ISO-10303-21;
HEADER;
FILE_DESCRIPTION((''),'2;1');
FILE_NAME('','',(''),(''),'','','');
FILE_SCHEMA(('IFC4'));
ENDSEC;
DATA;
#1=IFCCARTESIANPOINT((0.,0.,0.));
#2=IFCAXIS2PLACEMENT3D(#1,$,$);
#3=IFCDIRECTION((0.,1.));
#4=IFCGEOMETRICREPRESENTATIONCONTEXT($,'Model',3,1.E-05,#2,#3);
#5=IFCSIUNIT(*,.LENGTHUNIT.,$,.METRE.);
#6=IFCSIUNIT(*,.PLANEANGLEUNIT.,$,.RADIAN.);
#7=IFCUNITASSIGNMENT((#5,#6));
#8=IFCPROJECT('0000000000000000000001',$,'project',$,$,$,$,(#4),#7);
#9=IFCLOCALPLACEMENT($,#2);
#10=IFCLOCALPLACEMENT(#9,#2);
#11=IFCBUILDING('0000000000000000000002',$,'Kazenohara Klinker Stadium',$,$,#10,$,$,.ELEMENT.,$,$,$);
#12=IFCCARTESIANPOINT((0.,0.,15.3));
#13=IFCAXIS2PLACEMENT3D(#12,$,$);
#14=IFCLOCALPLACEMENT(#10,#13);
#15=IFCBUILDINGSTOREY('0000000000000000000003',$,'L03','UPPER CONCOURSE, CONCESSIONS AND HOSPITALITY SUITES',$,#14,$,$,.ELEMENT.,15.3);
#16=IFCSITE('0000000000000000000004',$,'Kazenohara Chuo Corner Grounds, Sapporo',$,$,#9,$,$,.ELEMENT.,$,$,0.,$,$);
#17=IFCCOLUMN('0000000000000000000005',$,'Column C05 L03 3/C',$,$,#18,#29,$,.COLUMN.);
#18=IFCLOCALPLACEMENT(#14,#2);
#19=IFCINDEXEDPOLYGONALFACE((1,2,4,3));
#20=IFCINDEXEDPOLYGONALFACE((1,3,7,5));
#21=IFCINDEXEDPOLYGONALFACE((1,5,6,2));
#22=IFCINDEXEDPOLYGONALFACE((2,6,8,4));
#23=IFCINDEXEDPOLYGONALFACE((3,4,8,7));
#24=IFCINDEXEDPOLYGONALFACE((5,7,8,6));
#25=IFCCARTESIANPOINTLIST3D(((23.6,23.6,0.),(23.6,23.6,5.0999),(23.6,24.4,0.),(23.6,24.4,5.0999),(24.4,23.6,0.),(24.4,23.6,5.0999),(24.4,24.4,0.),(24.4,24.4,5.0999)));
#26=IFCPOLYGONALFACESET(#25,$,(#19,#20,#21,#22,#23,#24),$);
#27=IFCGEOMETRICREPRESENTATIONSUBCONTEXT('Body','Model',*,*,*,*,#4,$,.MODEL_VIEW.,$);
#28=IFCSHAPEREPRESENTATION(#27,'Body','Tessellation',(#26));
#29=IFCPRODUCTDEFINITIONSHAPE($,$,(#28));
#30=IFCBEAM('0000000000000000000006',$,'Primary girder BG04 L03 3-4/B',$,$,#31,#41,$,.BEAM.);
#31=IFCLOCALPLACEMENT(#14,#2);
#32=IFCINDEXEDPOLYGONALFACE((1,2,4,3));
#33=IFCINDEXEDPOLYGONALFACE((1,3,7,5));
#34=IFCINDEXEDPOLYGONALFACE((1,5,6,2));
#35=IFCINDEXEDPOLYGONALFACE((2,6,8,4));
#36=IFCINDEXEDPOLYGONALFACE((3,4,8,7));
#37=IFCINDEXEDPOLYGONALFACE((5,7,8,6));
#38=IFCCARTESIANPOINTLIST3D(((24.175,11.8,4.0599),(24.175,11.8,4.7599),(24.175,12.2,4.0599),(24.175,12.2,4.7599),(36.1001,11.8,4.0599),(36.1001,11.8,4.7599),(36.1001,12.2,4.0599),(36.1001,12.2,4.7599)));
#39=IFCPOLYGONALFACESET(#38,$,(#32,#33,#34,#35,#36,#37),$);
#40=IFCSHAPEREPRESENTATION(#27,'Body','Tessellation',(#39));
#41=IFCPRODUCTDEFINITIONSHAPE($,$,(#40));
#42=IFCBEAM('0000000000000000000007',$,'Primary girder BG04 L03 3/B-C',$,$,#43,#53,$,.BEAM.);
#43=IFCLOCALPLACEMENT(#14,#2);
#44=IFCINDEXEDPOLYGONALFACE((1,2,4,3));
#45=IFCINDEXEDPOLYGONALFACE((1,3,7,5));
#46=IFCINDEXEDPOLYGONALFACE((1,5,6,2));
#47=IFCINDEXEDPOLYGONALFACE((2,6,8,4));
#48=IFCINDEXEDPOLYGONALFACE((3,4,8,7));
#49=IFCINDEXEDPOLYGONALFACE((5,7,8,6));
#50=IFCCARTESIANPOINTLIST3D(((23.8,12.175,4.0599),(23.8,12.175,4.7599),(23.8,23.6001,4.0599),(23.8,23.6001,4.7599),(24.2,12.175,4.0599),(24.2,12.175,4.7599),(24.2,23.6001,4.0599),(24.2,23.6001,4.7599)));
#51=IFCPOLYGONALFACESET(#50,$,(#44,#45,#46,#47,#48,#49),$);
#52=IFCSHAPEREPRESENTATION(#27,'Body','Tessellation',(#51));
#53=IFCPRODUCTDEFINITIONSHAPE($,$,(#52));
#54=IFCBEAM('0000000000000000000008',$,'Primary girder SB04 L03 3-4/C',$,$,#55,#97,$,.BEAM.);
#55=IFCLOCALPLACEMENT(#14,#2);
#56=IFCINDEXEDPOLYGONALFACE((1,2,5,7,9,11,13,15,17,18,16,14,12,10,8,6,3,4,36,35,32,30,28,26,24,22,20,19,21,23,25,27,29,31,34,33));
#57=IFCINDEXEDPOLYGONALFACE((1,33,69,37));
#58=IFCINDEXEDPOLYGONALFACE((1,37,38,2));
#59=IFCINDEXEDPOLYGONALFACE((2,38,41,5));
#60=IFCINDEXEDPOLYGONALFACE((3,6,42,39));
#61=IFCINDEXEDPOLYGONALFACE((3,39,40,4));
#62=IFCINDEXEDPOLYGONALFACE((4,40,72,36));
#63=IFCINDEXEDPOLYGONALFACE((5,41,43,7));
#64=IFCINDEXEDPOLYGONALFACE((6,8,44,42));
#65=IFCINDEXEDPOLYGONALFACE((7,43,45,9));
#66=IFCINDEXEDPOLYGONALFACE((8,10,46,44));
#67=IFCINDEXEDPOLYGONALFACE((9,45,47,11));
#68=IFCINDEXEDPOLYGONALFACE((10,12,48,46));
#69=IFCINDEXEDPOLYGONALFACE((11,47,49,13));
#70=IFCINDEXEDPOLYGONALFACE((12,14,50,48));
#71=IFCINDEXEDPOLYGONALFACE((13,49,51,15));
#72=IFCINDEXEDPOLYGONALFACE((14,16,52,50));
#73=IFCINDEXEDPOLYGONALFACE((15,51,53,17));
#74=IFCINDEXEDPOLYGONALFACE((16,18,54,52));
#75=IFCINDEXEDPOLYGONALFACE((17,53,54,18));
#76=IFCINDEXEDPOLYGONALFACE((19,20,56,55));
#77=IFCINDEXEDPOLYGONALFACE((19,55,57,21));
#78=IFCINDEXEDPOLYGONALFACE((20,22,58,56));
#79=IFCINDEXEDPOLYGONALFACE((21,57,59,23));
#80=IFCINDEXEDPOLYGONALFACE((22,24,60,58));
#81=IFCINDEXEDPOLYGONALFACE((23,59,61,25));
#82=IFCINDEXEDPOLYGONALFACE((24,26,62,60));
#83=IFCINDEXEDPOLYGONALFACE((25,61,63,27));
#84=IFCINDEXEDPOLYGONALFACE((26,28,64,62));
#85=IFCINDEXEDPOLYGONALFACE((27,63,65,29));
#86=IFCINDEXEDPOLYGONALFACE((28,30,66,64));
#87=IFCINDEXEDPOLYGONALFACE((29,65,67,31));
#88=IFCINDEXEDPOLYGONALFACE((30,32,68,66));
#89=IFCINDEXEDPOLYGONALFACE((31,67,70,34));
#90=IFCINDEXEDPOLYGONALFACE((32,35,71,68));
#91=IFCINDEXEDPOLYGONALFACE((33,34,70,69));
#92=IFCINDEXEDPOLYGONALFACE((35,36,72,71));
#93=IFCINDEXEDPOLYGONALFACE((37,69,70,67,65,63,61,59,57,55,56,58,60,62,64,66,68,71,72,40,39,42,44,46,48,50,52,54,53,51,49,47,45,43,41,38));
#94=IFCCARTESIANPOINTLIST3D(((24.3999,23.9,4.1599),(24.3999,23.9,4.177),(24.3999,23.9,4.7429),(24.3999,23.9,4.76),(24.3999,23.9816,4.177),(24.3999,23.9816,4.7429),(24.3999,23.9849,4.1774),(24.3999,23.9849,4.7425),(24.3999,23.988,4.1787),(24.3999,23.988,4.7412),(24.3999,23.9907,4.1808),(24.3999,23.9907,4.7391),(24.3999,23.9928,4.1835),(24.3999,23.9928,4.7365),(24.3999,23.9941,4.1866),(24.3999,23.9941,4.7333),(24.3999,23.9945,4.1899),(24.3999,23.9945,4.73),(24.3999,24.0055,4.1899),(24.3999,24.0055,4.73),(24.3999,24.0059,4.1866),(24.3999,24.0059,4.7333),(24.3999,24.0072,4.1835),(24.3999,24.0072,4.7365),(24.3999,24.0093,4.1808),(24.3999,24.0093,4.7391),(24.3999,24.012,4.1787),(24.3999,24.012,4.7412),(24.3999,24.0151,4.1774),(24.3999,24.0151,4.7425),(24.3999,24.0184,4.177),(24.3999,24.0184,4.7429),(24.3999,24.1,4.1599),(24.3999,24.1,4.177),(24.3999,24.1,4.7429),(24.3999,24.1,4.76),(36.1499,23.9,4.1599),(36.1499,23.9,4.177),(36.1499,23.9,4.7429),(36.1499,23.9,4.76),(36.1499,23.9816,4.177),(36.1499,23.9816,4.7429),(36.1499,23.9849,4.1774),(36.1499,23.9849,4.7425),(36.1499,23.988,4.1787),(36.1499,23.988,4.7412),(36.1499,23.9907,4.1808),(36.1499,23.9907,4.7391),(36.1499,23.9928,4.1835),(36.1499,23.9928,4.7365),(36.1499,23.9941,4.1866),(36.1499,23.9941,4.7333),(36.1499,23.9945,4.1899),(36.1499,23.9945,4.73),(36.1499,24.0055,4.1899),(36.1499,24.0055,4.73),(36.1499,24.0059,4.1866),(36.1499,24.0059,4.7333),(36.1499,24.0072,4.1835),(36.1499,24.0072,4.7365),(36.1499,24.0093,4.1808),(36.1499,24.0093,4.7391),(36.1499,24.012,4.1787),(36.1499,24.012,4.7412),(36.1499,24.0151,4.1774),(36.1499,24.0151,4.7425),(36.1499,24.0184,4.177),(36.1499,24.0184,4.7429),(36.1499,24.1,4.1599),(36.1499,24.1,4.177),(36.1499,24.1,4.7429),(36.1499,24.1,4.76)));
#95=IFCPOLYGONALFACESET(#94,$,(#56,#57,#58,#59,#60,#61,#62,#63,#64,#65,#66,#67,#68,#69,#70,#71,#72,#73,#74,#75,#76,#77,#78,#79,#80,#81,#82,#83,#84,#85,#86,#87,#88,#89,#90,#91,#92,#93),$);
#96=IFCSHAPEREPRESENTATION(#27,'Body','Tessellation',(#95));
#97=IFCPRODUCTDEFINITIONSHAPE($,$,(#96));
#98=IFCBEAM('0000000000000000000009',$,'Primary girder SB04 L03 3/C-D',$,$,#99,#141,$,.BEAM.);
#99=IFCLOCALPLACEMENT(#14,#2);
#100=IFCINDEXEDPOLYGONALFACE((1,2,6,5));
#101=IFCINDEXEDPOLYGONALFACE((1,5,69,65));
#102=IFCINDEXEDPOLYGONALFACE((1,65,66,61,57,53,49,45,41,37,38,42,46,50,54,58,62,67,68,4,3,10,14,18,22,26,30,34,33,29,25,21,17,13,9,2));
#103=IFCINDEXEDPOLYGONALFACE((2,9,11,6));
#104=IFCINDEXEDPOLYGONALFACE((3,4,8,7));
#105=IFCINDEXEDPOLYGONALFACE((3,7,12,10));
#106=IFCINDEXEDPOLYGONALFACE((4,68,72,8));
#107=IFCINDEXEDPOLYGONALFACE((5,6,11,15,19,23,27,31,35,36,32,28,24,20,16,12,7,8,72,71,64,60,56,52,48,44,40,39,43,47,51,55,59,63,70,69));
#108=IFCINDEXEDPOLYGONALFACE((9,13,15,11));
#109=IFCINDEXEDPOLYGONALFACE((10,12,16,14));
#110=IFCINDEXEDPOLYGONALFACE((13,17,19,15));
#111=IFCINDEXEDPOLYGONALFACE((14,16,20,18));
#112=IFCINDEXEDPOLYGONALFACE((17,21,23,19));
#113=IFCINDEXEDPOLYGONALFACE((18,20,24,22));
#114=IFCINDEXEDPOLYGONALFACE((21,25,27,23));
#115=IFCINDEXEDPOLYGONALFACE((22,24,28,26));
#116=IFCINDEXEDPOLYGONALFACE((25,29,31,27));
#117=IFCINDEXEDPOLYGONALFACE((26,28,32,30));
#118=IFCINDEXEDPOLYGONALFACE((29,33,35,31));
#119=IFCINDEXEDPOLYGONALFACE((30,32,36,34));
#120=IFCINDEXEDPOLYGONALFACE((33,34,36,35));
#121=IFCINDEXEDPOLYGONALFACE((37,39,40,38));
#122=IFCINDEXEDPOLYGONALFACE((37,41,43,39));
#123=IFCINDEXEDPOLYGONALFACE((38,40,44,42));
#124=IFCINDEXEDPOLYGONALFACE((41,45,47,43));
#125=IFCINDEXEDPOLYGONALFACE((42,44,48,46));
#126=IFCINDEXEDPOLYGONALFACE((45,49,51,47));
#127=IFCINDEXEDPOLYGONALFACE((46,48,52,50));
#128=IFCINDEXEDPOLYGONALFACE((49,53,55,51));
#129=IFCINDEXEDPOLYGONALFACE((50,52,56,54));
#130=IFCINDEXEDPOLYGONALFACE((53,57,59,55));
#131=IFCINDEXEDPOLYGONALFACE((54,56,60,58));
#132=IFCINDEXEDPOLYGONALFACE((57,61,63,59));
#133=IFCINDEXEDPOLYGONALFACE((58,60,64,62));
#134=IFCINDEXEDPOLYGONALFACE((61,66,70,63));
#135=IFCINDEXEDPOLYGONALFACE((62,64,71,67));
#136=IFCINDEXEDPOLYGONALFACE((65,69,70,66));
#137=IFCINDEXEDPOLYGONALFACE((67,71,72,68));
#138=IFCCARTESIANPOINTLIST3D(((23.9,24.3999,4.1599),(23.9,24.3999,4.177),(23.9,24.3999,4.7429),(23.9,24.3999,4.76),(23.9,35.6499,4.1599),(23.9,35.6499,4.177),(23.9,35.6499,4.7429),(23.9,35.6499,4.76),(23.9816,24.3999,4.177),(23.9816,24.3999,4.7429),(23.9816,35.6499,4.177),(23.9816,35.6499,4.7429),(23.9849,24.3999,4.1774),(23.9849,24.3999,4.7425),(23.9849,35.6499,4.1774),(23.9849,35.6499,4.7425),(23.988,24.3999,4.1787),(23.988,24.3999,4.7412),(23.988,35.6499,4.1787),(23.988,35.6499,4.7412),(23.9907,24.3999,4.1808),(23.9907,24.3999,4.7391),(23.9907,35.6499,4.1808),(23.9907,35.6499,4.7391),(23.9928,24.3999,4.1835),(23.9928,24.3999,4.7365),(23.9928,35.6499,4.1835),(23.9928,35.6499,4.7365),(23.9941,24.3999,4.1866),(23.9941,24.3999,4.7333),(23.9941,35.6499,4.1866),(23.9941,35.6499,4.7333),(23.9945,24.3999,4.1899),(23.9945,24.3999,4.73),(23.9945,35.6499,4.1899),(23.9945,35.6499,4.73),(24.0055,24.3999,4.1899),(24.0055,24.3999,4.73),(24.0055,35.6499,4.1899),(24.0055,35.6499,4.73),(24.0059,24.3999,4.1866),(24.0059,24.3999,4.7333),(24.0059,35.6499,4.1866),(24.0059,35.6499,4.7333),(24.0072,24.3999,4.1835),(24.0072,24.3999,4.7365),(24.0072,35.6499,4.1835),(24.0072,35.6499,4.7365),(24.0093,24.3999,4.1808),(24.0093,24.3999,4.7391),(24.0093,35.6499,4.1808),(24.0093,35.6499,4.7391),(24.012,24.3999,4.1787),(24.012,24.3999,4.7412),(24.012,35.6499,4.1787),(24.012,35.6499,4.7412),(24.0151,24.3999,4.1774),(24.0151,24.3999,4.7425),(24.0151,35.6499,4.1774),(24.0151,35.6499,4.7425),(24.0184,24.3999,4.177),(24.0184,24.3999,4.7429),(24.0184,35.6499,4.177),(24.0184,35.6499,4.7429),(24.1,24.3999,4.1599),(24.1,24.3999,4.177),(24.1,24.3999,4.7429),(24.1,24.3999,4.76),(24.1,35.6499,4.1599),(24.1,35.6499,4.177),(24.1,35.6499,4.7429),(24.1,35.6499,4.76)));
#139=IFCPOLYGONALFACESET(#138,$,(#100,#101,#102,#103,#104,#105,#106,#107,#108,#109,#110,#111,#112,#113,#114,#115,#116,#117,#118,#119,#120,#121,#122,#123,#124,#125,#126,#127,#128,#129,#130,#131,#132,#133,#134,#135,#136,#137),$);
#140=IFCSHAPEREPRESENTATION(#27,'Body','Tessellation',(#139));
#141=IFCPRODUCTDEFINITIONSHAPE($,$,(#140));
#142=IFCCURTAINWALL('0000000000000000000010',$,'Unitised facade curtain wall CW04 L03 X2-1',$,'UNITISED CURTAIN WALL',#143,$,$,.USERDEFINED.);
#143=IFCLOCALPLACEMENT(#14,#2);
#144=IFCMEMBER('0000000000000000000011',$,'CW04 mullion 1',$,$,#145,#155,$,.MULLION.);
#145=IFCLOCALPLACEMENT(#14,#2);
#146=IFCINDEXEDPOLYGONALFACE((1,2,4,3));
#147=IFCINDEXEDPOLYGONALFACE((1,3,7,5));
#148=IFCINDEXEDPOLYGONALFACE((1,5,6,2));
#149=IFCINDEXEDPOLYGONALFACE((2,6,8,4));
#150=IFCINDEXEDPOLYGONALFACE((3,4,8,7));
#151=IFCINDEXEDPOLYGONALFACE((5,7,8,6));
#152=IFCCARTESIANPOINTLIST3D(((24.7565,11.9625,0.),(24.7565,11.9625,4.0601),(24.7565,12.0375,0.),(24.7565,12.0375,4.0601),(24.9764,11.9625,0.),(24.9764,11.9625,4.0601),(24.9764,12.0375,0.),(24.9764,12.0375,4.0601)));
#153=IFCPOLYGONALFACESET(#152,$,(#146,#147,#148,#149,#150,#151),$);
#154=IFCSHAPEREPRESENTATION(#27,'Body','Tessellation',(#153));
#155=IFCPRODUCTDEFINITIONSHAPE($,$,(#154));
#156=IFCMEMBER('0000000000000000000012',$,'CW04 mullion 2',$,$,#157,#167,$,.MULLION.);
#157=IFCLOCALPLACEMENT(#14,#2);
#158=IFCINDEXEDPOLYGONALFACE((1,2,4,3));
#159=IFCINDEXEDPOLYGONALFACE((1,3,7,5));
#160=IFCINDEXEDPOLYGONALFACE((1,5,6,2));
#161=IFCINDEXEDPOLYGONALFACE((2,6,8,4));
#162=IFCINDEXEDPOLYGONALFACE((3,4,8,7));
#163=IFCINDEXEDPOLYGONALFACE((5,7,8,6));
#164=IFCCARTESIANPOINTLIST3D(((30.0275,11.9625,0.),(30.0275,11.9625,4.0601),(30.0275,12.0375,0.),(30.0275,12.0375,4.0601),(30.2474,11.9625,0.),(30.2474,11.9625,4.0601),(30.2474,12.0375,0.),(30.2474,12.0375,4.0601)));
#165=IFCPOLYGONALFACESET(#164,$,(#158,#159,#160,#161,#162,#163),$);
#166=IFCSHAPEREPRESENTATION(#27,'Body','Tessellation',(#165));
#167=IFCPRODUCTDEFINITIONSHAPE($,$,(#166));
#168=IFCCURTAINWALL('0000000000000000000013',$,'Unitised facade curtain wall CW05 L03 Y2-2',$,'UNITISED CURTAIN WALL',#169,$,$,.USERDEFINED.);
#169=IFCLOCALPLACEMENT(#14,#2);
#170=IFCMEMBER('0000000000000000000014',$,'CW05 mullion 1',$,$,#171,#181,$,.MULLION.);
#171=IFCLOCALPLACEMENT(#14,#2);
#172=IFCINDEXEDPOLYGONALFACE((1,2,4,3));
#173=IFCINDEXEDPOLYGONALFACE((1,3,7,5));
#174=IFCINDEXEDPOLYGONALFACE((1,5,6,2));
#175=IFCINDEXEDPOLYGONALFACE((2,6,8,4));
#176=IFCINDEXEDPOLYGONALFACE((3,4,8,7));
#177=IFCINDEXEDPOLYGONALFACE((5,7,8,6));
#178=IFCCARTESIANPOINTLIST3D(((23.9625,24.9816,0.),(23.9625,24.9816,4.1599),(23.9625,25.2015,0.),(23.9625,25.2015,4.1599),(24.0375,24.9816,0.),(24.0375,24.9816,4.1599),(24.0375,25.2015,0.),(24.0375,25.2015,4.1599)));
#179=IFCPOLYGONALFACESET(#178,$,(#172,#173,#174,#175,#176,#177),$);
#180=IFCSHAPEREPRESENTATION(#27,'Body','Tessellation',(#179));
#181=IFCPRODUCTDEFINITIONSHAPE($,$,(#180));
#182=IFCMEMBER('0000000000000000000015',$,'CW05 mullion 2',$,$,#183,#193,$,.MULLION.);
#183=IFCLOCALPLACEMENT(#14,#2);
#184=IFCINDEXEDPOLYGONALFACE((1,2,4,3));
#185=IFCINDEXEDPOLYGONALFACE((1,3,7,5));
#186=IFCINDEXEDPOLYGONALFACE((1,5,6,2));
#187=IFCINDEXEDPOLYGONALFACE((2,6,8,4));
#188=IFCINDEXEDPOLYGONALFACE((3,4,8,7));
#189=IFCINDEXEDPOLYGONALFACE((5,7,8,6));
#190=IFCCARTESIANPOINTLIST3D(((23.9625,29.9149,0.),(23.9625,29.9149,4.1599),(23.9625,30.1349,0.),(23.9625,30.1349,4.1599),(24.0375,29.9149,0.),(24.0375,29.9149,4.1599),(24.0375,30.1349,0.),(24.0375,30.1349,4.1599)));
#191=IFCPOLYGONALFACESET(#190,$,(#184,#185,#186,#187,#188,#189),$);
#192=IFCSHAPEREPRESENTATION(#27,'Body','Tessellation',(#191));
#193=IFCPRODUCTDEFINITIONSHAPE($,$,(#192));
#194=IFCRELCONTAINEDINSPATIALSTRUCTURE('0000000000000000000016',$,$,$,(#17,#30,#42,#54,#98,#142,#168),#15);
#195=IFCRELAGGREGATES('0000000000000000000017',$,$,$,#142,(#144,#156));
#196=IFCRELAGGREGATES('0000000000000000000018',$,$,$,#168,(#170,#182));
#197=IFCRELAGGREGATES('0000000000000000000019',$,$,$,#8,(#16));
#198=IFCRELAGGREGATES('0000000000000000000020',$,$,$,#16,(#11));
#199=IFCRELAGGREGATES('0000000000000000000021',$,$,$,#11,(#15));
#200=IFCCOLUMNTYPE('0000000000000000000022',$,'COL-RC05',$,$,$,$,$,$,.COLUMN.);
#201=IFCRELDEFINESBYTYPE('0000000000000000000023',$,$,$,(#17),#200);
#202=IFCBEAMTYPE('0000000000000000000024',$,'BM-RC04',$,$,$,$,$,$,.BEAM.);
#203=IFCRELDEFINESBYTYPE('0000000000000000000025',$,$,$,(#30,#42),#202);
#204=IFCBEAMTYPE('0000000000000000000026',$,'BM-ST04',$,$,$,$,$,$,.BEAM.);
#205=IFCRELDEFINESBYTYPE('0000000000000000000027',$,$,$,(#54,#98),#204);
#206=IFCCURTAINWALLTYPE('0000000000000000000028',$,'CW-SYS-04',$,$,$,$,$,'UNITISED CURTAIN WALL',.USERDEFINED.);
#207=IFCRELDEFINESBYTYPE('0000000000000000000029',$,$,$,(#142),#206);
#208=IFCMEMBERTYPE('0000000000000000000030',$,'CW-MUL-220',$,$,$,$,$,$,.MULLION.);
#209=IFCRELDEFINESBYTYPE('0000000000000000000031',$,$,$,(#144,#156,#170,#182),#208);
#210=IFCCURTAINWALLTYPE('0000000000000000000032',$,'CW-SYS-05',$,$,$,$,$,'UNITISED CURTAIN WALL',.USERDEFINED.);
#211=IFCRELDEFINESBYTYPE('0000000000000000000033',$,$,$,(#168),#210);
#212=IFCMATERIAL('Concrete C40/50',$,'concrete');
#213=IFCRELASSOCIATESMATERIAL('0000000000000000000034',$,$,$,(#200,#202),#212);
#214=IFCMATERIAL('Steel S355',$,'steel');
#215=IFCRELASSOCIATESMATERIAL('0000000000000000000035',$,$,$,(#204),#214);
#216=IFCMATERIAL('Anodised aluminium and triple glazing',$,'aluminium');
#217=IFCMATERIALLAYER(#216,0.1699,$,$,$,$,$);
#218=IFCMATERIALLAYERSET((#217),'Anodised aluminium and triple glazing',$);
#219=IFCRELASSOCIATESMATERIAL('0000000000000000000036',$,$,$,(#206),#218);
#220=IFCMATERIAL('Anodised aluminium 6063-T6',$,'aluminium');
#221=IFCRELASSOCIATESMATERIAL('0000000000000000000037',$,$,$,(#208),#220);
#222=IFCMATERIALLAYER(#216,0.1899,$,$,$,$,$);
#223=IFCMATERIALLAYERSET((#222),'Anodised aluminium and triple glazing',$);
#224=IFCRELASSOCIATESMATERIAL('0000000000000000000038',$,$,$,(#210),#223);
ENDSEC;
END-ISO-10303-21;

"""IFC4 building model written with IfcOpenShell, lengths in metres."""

from ifc_helpers import new_model, si_unit, direction, frame, origin, origin_2d, place, context, subcontext, project, spatial, rectangle, i_section, extrude, material, layer, layer_set, material_profile, profile_set, type_object, element, aggregate, save


model = new_model("IFC4")

# Units and contexts
model_context = context("Model", 3, precision=1e-05, world=origin(), true_north=direction((0.0, 1.0)))
body_context = subcontext(model_context, "Body", "Model", "MODEL_VIEW")
ifc_project = project(units=[si_unit("LENGTHUNIT", "METRE"), si_unit("PLANEANGLEUNIT", "RADIAN")], contexts=[model_context])

# Site, building, storey
site_placement = place(None, origin())
site = spatial("IfcSite", under=ifc_project, at=site_placement, Name="Kazenohara Chuo Corner Grounds, Sapporo", CompositionType="ELEMENT", RefElevation=0.0)
building_placement = place(site_placement, origin())
building = spatial("IfcBuilding", under=site, at=building_placement, Name="Kazenohara Klinker Stadium", CompositionType="ELEMENT")
storey_placement = place(building_placement, frame((0.0, 0.0, 15.3)))
storey = spatial("IfcBuildingStorey", under=building, at=storey_placement, Name="L03", Description="UPPER CONCOURSE, CONCESSIONS AND HOSPITALITY SUITES", CompositionType="ELEMENT", Elevation=15.3)

# Column
ifc_material_1 = material(Name="Concrete C40/50", Category="concrete")
ifc_material_profile_1 = material_profile(ifc_material_1, rectangle(XDim=0.8, YDim=0.8, at=origin_2d()), Name="RC-COL-800x800")
ifc_profile_set_1 = profile_set([ifc_material_profile_1], Name="Concrete C40/50")
column_type = type_object("IfcColumnType", Name="COL-RC05", PredefinedType="COLUMN", material=ifc_profile_set_1)
column_placement = place(storey_placement, frame((24.0, 24.0, 0.0), z_axis=(0.0, 0.0, 1.0), x_axis=(1.0, 0.0, 0.0)))
element("IfcColumn", 1, at=column_placement, inside=storey, type_object=column_type, Name="Column C05 L03 3/C", PredefinedType="COLUMN", context=body_context, shape_type="SweptSolid", body=[
    extrude(rectangle(XDim=0.8, YDim=0.8, at=origin_2d()), origin(), (0.0, 0.0, 1.0), 5.0999),
])

# Beams
ifc_material_profile_2 = material_profile(ifc_material_1, rectangle(XDim=0.3999, YDim=0.7, at=origin_2d()), Name="RC-BM-400x700")
ifc_profile_set_2 = profile_set([ifc_material_profile_2], Name="Concrete C40/50")
beam_type_1 = type_object("IfcBeamType", Name="BM-RC04", PredefinedType="BEAM", material=ifc_profile_set_2)
beam_1_placement = place(storey_placement, frame((24.175, 12.0, 4.4099), z_axis=(1.0, 0.0, 0.0), x_axis=(0.0, 1.0, 0.0)))
element("IfcBeam", 2, at=beam_1_placement, inside=storey, type_object=beam_type_1, Name="Primary girder BG04 L03 3-4/B", PredefinedType="BEAM", context=body_context, shape_type="SweptSolid", body=[
    extrude(rectangle(XDim=0.3999, YDim=0.7, at=origin_2d()), origin(), (0.0, 0.0, 1.0), 11.925),
])
beam_2_placement = place(storey_placement, frame((24.0, 12.175, 4.4099), z_axis=(0.0, 1.0, 0.0), x_axis=(-1.0, 0.0, 0.0)))
element("IfcBeam", 3, at=beam_2_placement, inside=storey, type_object=beam_type_1, Name="Primary girder BG04 L03 3/B-C", PredefinedType="BEAM", context=body_context, shape_type="SweptSolid", body=[
    extrude(rectangle(XDim=0.3999, YDim=0.7, at=origin_2d()), origin(), (0.0, 0.0, 1.0), 11.425),
])
ifc_material_2 = material(Name="Steel S355", Category="steel")
ifc_material_profile_3 = material_profile(ifc_material_2, i_section(OverallWidth=0.2, OverallDepth=0.6001, WebThickness=0.011, FlangeThickness=0.0171, FilletRadius=0.0129, at=origin_2d()), Name="H-600x200x11x17")
ifc_profile_set_3 = profile_set([ifc_material_profile_3], Name="Steel S355")
beam_type_2 = type_object("IfcBeamType", Name="BM-ST04", PredefinedType="BEAM", material=ifc_profile_set_3)
beam_3_placement = place(storey_placement, frame((24.3999, 24.0, 4.46), z_axis=(1.0, 0.0, 0.0), x_axis=(0.0, 1.0, 0.0)))
element("IfcBeam", 4, at=beam_3_placement, inside=storey, type_object=beam_type_2, Name="Primary girder SB04 L03 3-4/C", PredefinedType="BEAM", context=body_context, shape_type="SweptSolid", body=[
    extrude(i_section(OverallWidth=0.2, OverallDepth=0.6001, WebThickness=0.011, FlangeThickness=0.0171, FilletRadius=0.0129, at=origin_2d()), origin(), (0.0, 0.0, 1.0), 11.75),
])
beam_4_placement = place(storey_placement, frame((24.0, 24.3999, 4.46), z_axis=(0.0, 1.0, 0.0), x_axis=(-1.0, 0.0, 0.0)))
element("IfcBeam", 5, at=beam_4_placement, inside=storey, type_object=beam_type_2, Name="Primary girder SB04 L03 3/C-D", PredefinedType="BEAM", context=body_context, shape_type="SweptSolid", body=[
    extrude(i_section(OverallWidth=0.2, OverallDepth=0.6001, WebThickness=0.011, FlangeThickness=0.0171, FilletRadius=0.0129, at=origin_2d()), origin(), (0.0, 0.0, 1.0), 11.25),
])

# Curtain walls, members
ifc_material_3 = material(Name="Anodised aluminium and triple glazing", Category="aluminium")
ifc_layer_1 = layer(ifc_material_3, 0.1699)
ifc_layer_set_1 = layer_set([ifc_layer_1], Name="Anodised aluminium and triple glazing")
curtain_wall_type_1 = type_object("IfcCurtainWallType", Name="CW-SYS-04", ElementType="UNITISED CURTAIN WALL", PredefinedType="USERDEFINED", material=ifc_layer_set_1)
curtain_wall_1_placement = place(storey_placement, origin())
curtain_wall_1 = element("IfcCurtainWall", 6, at=curtain_wall_1_placement, inside=storey, type_object=curtain_wall_type_1, Name="Unitised facade curtain wall CW04 L03 X2-1", ObjectType="UNITISED CURTAIN WALL", PredefinedType="USERDEFINED")
ifc_material_4 = material(Name="Anodised aluminium 6063-T6", Category="aluminium")
ifc_material_profile_4 = material_profile(ifc_material_4, rectangle(XDim=0.075, YDim=0.22, at=origin_2d()), Name="ALU-MUL-75x220")
ifc_profile_set_4 = profile_set([ifc_material_profile_4], Name="Anodised aluminium 6063-T6")
member_type_1 = type_object("IfcMemberType", Name="CW-MUL-220", PredefinedType="MULLION", material=ifc_profile_set_4)
member_1_placement = place(storey_placement, frame((24.8665, 12.0, 0.0), z_axis=(0.0, 0.0, 1.0), x_axis=(0.0, 1.0, 0.0)))
member_1 = element("IfcMember", 7, at=member_1_placement, type_object=member_type_1, Name="CW04 mullion 1", PredefinedType="MULLION", context=body_context, shape_type="SweptSolid", body=[
    extrude(rectangle(XDim=0.075, YDim=0.22, at=origin_2d()), origin(), (0.0, 0.0, 1.0), 4.0601),
])
member_2_placement = place(storey_placement, frame((30.1375, 12.0, 0.0), z_axis=(0.0, 0.0, 1.0), x_axis=(0.0, 1.0, 0.0)))
member_2 = element("IfcMember", 8, at=member_2_placement, type_object=member_type_1, Name="CW04 mullion 2", PredefinedType="MULLION", context=body_context, shape_type="SweptSolid", body=[
    extrude(rectangle(XDim=0.075, YDim=0.22, at=origin_2d()), origin(), (0.0, 0.0, 1.0), 4.0601),
])
ifc_layer_2 = layer(ifc_material_3, 0.1899)
ifc_layer_set_2 = layer_set([ifc_layer_2], Name="Anodised aluminium and triple glazing")
curtain_wall_type_2 = type_object("IfcCurtainWallType", Name="CW-SYS-05", ElementType="UNITISED CURTAIN WALL", PredefinedType="USERDEFINED", material=ifc_layer_set_2)
curtain_wall_2_placement = place(storey_placement, origin())
curtain_wall_2 = element("IfcCurtainWall", 9, at=curtain_wall_2_placement, inside=storey, type_object=curtain_wall_type_2, Name="Unitised facade curtain wall CW05 L03 Y2-2", ObjectType="UNITISED CURTAIN WALL", PredefinedType="USERDEFINED")
member_3_placement = place(storey_placement, frame((24.0, 25.0916, 0.0), z_axis=(0.0, 0.0, 1.0), x_axis=(-1.0, 0.0, 0.0)))
member_3 = element("IfcMember", 10, at=member_3_placement, type_object=member_type_1, Name="CW05 mullion 1", PredefinedType="MULLION", context=body_context, shape_type="SweptSolid", body=[
    extrude(rectangle(XDim=0.075, YDim=0.22, at=origin_2d()), origin(), (0.0, 0.0, 1.0), 4.1599),
])
member_4_placement = place(storey_placement, frame((24.0, 30.0249, 0.0), z_axis=(0.0, 0.0, 1.0), x_axis=(-1.0, 0.0, 0.0)))
member_4 = element("IfcMember", 11, at=member_4_placement, type_object=member_type_1, Name="CW05 mullion 2", PredefinedType="MULLION", context=body_context, shape_type="SweptSolid", body=[
    extrude(rectangle(XDim=0.075, YDim=0.22, at=origin_2d()), origin(), (0.0, 0.0, 1.0), 4.1599),
])

aggregate(curtain_wall_1, [member_1, member_2])
aggregate(curtain_wall_2, [member_3, member_4])

save(model, "model.ifc")
